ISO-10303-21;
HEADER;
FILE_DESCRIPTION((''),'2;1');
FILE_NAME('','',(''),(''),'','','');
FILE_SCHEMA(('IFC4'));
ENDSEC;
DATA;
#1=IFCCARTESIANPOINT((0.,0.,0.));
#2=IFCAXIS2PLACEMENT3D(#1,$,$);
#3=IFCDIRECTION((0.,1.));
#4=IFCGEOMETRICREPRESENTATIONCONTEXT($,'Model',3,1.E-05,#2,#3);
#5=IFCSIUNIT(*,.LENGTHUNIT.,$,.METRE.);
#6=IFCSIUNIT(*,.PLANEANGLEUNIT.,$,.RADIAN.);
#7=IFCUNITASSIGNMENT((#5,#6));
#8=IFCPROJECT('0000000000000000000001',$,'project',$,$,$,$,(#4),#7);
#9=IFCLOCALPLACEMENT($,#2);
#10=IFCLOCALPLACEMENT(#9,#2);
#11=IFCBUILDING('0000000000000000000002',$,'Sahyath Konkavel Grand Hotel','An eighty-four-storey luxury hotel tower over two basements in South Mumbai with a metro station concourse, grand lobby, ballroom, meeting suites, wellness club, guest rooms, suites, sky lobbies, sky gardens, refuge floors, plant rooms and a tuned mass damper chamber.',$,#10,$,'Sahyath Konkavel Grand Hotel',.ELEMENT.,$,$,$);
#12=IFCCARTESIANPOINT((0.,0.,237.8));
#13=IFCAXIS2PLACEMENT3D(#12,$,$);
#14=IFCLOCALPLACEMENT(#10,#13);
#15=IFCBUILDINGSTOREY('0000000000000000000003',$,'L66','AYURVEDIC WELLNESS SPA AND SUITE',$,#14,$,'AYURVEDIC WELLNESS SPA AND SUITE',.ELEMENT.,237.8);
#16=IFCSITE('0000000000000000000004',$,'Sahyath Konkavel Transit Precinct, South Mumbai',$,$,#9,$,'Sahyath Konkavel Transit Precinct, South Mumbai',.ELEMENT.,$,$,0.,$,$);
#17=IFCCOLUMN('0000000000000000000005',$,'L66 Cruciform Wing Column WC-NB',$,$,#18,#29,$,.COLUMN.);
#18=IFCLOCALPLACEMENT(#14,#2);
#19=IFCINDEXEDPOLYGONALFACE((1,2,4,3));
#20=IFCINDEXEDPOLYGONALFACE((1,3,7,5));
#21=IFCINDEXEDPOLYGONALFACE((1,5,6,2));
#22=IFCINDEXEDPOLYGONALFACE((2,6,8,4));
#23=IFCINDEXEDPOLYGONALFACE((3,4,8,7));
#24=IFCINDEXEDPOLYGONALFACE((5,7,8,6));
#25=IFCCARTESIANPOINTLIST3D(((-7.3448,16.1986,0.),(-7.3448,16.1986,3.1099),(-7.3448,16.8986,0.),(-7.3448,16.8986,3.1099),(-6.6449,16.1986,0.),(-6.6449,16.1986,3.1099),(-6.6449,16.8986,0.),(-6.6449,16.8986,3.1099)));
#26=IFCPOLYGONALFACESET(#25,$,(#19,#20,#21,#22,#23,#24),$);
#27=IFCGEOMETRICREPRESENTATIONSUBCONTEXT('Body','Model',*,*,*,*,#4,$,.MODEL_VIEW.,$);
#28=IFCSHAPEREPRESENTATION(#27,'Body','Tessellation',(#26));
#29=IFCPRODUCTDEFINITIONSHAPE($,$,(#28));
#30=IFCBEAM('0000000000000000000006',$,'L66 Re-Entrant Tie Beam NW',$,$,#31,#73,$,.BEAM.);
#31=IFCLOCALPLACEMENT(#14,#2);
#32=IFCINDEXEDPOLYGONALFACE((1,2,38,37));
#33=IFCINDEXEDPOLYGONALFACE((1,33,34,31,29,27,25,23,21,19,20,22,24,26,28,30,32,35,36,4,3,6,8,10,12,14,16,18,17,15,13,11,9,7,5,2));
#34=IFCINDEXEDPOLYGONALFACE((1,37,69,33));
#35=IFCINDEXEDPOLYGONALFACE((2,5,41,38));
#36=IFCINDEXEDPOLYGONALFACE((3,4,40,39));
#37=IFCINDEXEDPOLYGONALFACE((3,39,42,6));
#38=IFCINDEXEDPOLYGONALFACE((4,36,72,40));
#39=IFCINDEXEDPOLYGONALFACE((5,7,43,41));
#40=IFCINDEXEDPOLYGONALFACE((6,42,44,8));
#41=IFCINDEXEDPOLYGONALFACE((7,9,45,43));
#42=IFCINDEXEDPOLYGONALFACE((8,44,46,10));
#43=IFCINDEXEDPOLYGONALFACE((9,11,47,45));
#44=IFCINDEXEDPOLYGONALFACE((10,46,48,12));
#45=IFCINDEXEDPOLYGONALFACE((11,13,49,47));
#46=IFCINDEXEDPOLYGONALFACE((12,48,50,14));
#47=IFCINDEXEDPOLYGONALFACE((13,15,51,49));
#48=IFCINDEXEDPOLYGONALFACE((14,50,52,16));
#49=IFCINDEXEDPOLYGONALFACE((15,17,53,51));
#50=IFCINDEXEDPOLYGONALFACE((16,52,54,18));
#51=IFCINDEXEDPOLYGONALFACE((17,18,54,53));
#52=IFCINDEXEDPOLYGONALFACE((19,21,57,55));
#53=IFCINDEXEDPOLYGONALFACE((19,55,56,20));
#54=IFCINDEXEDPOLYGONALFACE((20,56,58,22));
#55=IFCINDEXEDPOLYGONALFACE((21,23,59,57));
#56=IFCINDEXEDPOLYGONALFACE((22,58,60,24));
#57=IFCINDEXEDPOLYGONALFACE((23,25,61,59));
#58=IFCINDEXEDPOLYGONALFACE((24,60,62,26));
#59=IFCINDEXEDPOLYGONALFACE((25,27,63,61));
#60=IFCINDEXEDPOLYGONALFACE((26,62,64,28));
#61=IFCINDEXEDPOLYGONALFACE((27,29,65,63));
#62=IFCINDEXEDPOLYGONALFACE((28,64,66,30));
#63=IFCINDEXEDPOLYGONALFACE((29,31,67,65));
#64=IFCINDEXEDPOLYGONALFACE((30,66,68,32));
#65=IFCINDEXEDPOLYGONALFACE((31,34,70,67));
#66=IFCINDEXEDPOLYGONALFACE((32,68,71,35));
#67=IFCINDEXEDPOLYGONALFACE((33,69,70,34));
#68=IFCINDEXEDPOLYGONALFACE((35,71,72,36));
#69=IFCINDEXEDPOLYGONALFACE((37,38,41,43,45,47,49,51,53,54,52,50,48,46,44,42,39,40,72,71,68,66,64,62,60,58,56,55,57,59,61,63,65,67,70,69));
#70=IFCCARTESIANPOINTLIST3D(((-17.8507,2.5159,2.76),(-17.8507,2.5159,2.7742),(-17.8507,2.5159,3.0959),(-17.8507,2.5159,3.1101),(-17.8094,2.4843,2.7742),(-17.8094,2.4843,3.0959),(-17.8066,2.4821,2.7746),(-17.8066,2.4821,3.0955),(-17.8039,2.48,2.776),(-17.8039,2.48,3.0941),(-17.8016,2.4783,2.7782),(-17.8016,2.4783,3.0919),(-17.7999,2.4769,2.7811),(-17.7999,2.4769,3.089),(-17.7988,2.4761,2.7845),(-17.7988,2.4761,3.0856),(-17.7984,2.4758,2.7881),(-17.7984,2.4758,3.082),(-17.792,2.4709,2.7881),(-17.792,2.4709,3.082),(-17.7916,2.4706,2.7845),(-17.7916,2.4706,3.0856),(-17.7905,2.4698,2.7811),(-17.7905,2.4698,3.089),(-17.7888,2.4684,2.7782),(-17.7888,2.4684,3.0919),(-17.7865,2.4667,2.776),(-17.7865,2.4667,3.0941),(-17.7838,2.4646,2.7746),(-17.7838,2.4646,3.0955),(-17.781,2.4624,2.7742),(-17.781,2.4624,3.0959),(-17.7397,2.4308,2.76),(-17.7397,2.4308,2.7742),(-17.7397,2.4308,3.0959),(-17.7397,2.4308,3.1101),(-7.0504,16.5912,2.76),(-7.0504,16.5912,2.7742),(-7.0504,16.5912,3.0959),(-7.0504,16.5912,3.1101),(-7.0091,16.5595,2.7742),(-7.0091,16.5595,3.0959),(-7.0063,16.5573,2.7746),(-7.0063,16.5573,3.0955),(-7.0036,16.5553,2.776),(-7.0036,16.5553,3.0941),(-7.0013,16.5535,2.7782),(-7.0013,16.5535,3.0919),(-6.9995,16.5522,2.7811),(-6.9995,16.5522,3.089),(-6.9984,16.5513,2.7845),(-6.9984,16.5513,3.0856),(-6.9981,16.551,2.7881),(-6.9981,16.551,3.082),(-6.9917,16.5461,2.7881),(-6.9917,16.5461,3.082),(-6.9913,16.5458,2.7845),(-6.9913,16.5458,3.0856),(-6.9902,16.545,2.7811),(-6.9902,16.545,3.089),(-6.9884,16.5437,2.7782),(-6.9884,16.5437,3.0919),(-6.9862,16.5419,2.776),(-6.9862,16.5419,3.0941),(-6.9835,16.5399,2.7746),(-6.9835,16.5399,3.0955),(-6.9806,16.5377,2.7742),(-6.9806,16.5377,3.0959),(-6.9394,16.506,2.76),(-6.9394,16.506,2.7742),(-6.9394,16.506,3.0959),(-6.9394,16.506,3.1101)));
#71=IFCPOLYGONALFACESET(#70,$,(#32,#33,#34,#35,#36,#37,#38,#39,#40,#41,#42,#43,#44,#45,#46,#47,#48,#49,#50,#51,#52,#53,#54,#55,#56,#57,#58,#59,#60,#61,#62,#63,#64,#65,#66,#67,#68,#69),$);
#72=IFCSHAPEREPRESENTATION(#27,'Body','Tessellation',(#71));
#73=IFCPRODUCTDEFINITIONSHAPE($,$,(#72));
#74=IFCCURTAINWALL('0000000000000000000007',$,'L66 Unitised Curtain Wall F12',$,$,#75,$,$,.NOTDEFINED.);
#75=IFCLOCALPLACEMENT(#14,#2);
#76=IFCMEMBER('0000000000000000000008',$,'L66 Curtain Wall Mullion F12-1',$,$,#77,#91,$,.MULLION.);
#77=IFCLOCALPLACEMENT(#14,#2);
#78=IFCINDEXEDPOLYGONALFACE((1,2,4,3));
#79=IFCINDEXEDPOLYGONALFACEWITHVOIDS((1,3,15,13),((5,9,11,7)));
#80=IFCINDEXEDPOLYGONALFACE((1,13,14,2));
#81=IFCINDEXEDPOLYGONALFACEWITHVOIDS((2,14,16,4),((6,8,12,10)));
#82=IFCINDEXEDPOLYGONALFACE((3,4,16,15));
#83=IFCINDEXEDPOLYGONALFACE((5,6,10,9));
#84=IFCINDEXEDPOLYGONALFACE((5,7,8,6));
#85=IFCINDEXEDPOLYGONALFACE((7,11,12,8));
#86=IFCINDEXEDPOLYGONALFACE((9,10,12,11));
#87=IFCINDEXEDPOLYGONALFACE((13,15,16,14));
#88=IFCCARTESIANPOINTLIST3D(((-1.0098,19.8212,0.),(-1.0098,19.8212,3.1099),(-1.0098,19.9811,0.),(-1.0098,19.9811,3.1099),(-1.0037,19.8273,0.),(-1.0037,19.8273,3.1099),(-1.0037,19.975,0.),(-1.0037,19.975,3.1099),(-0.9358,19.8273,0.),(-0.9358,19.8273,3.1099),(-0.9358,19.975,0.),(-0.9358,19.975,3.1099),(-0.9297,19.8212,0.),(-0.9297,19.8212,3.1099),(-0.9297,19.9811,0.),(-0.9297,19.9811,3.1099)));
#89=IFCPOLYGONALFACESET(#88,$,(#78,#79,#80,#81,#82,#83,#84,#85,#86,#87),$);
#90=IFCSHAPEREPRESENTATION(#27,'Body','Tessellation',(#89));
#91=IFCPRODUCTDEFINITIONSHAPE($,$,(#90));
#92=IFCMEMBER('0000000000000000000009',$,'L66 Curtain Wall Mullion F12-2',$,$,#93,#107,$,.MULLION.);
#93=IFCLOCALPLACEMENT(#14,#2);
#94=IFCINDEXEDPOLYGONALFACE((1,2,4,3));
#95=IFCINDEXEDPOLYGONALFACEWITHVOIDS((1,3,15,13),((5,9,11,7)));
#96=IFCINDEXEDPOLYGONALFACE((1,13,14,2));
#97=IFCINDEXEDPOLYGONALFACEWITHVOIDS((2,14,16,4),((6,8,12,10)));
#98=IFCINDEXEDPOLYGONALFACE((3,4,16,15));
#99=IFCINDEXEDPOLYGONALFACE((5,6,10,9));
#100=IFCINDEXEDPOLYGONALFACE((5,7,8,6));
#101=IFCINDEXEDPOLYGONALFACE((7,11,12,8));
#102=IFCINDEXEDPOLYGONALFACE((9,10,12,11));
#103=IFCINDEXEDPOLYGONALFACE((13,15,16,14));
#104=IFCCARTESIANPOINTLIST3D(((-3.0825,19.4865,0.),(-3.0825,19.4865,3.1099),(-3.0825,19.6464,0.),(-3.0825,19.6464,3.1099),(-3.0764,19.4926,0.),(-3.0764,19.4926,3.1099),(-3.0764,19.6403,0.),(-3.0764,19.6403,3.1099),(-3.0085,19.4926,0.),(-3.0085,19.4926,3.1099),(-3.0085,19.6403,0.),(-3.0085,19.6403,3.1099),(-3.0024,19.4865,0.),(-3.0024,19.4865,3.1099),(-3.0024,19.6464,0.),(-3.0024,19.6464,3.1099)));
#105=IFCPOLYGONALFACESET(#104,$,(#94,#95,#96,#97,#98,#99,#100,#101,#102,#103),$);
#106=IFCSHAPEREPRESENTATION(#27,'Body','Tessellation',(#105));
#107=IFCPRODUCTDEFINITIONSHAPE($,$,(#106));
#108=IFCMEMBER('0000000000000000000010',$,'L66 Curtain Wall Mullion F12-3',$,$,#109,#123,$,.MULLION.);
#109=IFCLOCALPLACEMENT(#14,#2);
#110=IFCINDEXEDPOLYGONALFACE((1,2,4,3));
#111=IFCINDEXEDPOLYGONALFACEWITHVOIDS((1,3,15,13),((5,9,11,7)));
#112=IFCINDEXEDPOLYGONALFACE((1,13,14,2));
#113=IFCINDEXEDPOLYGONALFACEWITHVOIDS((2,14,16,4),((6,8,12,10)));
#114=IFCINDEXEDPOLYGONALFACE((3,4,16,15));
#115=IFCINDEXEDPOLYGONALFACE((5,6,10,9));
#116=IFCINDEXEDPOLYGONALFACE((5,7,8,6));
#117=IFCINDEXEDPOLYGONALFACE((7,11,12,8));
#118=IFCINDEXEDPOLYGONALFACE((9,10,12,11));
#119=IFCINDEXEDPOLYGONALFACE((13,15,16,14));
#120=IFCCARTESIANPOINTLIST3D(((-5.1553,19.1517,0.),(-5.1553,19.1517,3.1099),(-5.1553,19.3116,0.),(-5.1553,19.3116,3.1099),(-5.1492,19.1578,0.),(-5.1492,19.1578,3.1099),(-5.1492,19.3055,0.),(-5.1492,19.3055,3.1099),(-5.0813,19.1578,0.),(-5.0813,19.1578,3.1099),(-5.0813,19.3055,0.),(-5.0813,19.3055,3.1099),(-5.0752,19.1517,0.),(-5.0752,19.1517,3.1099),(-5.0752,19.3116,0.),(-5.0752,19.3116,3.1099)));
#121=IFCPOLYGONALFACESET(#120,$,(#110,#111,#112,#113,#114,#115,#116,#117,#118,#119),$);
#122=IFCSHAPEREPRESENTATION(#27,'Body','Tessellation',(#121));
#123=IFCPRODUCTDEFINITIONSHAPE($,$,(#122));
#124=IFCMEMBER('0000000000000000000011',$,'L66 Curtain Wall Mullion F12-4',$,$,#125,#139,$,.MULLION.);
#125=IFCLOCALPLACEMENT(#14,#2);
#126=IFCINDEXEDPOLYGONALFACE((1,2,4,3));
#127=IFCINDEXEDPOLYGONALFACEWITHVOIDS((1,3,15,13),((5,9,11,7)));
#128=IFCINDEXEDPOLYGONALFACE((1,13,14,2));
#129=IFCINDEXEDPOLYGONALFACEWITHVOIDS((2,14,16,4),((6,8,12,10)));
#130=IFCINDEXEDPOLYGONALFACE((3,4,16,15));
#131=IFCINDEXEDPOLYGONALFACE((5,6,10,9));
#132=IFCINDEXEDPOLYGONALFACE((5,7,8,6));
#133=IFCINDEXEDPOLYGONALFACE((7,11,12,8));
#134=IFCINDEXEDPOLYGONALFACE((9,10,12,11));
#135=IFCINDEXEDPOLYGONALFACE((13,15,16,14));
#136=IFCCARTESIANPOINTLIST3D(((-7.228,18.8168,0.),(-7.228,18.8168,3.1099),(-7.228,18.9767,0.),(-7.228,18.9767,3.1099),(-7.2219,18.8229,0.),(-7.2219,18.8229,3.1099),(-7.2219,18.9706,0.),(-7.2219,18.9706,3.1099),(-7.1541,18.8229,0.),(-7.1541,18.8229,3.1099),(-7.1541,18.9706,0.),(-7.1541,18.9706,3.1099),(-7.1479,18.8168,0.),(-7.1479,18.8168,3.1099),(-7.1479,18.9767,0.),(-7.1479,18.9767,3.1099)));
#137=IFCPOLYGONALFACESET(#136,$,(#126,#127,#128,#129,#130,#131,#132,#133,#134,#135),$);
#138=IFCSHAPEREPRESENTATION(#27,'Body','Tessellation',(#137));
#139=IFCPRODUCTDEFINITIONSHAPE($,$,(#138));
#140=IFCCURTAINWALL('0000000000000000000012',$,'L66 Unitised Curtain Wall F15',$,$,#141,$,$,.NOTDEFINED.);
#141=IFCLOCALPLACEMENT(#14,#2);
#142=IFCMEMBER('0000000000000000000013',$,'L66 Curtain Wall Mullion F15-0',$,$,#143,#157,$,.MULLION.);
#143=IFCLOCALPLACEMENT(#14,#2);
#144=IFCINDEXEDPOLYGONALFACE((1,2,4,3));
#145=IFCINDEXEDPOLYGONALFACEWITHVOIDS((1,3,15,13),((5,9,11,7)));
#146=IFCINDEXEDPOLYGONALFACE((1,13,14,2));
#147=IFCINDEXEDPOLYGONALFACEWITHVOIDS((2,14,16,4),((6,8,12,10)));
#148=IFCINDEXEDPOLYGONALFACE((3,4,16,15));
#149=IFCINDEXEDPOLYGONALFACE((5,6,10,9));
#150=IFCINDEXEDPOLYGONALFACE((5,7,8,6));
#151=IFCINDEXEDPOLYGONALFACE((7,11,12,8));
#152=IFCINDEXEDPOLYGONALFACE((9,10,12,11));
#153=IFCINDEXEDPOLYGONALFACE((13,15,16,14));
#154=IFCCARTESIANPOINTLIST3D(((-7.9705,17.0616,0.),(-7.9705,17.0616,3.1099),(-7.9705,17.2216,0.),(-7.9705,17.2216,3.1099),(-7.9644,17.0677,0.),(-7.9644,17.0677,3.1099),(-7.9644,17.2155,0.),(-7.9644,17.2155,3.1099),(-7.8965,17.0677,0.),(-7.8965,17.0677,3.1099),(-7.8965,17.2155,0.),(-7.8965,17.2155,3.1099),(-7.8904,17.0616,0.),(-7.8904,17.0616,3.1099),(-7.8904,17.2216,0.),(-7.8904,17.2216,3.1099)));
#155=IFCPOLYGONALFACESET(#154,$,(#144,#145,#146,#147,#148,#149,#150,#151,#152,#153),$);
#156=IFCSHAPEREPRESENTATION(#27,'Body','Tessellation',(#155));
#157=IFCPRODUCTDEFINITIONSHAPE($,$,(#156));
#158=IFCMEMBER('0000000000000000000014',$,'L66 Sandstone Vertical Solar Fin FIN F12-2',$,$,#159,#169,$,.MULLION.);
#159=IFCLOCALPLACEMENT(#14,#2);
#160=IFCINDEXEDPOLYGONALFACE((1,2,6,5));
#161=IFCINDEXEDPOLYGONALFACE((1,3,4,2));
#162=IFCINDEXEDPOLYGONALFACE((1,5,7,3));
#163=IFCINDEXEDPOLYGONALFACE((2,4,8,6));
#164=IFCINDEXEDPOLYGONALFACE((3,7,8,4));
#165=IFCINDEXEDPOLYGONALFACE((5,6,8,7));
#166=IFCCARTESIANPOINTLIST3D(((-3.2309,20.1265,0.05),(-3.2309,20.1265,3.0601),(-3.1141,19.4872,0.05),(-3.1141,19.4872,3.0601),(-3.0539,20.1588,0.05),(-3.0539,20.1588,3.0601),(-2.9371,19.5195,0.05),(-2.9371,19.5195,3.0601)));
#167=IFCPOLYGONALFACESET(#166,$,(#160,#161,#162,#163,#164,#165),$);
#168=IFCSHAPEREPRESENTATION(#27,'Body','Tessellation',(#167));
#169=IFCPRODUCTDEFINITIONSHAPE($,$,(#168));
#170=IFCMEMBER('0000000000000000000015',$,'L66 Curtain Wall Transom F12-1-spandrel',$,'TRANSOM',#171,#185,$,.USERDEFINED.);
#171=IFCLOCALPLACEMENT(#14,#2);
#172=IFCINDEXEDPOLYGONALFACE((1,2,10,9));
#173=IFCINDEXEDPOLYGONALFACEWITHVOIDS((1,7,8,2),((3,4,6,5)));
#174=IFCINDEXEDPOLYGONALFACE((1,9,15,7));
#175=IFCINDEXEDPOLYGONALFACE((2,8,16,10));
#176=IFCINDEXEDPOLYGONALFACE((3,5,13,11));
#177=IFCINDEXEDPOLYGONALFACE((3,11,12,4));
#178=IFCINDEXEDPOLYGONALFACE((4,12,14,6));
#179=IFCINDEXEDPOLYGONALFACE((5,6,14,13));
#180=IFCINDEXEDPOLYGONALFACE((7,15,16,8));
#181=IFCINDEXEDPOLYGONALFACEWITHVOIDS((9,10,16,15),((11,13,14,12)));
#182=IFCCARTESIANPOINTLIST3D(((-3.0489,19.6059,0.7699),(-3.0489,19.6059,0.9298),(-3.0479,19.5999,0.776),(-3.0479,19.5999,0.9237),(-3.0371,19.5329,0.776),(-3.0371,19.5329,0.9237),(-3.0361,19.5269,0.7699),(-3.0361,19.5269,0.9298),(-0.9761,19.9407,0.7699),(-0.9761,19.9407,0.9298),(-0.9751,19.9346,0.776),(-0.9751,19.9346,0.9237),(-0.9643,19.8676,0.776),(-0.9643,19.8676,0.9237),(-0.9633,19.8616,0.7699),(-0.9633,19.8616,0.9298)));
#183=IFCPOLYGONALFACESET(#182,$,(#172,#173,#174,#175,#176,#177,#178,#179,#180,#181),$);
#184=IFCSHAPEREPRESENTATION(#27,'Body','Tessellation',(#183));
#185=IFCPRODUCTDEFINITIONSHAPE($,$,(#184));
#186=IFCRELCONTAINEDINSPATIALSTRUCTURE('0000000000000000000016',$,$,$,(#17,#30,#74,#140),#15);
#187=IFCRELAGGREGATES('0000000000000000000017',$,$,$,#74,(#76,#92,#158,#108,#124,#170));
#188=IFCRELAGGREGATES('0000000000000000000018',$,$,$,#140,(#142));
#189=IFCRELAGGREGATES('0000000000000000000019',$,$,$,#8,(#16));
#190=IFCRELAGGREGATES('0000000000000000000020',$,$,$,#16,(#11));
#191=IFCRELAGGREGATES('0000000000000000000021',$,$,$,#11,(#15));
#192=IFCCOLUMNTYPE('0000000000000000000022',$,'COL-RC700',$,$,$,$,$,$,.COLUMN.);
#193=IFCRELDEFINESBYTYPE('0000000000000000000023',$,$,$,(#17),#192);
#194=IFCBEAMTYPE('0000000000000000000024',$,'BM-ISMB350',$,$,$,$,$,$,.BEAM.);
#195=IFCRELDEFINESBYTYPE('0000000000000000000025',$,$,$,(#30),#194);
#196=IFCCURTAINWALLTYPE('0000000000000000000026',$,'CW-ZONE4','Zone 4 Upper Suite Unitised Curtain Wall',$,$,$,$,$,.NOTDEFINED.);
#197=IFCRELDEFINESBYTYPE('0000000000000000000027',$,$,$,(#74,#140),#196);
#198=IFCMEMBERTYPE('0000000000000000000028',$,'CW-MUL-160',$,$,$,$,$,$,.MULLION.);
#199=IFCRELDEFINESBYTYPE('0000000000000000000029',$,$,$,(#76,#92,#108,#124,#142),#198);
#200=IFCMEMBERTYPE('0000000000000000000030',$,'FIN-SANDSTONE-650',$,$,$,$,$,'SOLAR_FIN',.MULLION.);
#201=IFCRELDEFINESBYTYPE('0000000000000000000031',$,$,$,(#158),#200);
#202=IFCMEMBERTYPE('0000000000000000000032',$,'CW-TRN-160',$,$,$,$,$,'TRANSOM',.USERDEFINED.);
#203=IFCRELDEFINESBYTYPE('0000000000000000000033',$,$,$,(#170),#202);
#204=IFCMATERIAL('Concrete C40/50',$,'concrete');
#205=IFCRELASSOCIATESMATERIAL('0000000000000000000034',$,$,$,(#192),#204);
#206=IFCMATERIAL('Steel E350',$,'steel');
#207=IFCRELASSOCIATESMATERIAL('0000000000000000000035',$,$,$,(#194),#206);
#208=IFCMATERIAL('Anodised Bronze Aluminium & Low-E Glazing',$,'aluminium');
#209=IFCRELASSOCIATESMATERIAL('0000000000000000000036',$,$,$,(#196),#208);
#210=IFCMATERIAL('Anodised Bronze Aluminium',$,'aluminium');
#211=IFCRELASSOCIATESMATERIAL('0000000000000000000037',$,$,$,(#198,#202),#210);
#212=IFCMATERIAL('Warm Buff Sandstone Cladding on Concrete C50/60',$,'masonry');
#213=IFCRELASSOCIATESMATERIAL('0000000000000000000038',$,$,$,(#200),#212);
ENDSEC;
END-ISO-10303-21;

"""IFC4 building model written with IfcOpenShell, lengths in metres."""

from ifc_helpers import new_model, si_unit, direction, frame, origin, origin_2d, place, context, subcontext, project, spatial, rectangle, hollow_rectangle, i_section, extrude, source, transform, mapped, material, material_profile, profile_set, type_object, element, aggregate, save


model = new_model("IFC4")

# Units and contexts
model_context = context("Model", 3, precision=1e-05, world=origin(), true_north=direction((0.0, 1.0)))
body_context = subcontext(model_context, "Body", "Model", "MODEL_VIEW")
ifc_project = project(units=[si_unit("LENGTHUNIT", "METRE"), si_unit("PLANEANGLEUNIT", "RADIAN")], contexts=[model_context])

# Site, building, storey
site_placement = place(None, origin())
site = spatial("IfcSite", under=ifc_project, at=site_placement, Name="Sahyath Konkavel Transit Precinct, South Mumbai", LongName="Sahyath Konkavel Transit Precinct, South Mumbai", CompositionType="ELEMENT", RefElevation=0.0)
building_placement = place(site_placement, origin())
building = spatial("IfcBuilding", under=site, at=building_placement, Name="Sahyath Konkavel Grand Hotel", Description="An eighty-four-storey luxury hotel tower over two basements in South Mumbai with a metro station concourse, grand lobby, ballroom, meeting suites, wellness club, guest rooms, suites, sky lobbies, sky gardens, refuge floors, plant rooms and a tuned mass damper chamber.", LongName="Sahyath Konkavel Grand Hotel", CompositionType="ELEMENT")
storey_placement = place(building_placement, frame((0.0, 0.0, 237.8)))
storey = spatial("IfcBuildingStorey", under=building, at=storey_placement, Name="L66", Description="AYURVEDIC WELLNESS SPA AND SUITE", LongName="AYURVEDIC WELLNESS SPA AND SUITE", CompositionType="ELEMENT", Elevation=237.8)

# Column
ifc_material_1 = material(Name="Concrete C40/50", Category="concrete")
ifc_material_profile_1 = material_profile(ifc_material_1, rectangle(XDim=0.7, YDim=0.7, at=origin_2d()), Name="RC 700x700")
ifc_profile_set_1 = profile_set([ifc_material_profile_1], Name="Concrete C40/50")
column_type = type_object("IfcColumnType", Name="COL-RC700", PredefinedType="COLUMN", material=ifc_profile_set_1)
shared_shape_1 = source(origin(), body_context, "Body", "SweptSolid", [
    extrude(rectangle(XDim=0.7, YDim=0.7, at=origin_2d()), origin(), (0.0, 0.0, 1.0), 3.1099),
])
column_placement = place(storey_placement, frame((-6.9949, 16.5486, 0.0), z_axis=(0.0, 0.0, 1.0), x_axis=(1.0, 0.0, 0.0)))
element("IfcColumn", 1, at=column_placement, inside=storey, type_object=column_type, Name="L66 Cruciform Wing Column WC-NB", PredefinedType="COLUMN", context=body_context, shape_type="MappedRepresentation", body=[
    mapped(shared_shape_1, transform((0.0, 0.0, 0.0), scale=1.0)),
])

# Beam
ifc_material_2 = material(Name="Steel E350", Category="steel")
ifc_material_profile_2 = material_profile(ifc_material_2, i_section(OverallWidth=0.1399, OverallDepth=0.3501, WebThickness=0.0081, FlangeThickness=0.0142, FilletRadius=0.0139, at=origin_2d()), Name="ISMB 350")
ifc_profile_set_2 = profile_set([ifc_material_profile_2], Name="Steel E350")
beam_type = type_object("IfcBeamType", Name="BM-ISMB350", PredefinedType="BEAM", material=ifc_profile_set_2)
shared_shape_2 = source(origin(), body_context, "Body", "SweptSolid", [
    extrude(i_section(OverallWidth=0.1399, OverallDepth=0.3501, WebThickness=0.0081, FlangeThickness=0.0142, FilletRadius=0.0139, at=origin_2d()), origin(), (0.0, 0.0, 1.0), 17.7415),
])
beam_placement = place(storey_placement, frame((-6.9949, 16.5486, 2.9351), z_axis=(-0.608762, -0.793353, 0.0), x_axis=(0.793353, -0.608762, 0.0)))
element("IfcBeam", 2, at=beam_placement, inside=storey, type_object=beam_type, Name="L66 Re-Entrant Tie Beam NW", PredefinedType="BEAM", context=body_context, shape_type="MappedRepresentation", body=[
    mapped(shared_shape_2, transform((0.0, 0.0, 0.0), scale=1.0)),
])

# Curtain wall, members
ifc_material_3 = material(Name="Anodised Bronze Aluminium & Low-E Glazing", Category="aluminium")
curtain_wall_type = type_object("IfcCurtainWallType", Name="CW-ZONE4", Description="Zone 4 Upper Suite Unitised Curtain Wall", PredefinedType="NOTDEFINED", material=ifc_material_3)
curtain_wall_1_placement = place(storey_placement, origin())
curtain_wall_1 = element("IfcCurtainWall", 3, at=curtain_wall_1_placement, inside=storey, type_object=curtain_wall_type, Name="L66 Unitised Curtain Wall F12", PredefinedType="NOTDEFINED")
ifc_material_4 = material(Name="Anodised Bronze Aluminium", Category="aluminium")
ifc_material_profile_3 = material_profile(ifc_material_4, hollow_rectangle(XDim=0.0801, YDim=0.1599, WallThickness=0.0061, at=origin_2d()), Name="RHS 160x80x6")
ifc_profile_set_3 = profile_set([ifc_material_profile_3], Name="Anodised Bronze Aluminium")
member_type_1 = type_object("IfcMemberType", Name="CW-MUL-160", PredefinedType="MULLION", material=ifc_profile_set_3)
shared_shape_3 = source(origin(), body_context, "Body", "SweptSolid", [
    extrude(hollow_rectangle(XDim=0.0801, YDim=0.1599, WallThickness=0.0061, at=origin_2d()), origin(), (0.0, 0.0, 1.0), 3.1099),
])
member_1_placement = place(storey_placement, frame((-0.9697, 19.9011, 0.0), z_axis=(0.0, 0.0, 1.0), x_axis=(1.0, 0.0, 0.0)))
member_1 = element("IfcMember", 4, at=member_1_placement, type_object=member_type_1, Name="L66 Curtain Wall Mullion F12-1", PredefinedType="MULLION", context=body_context, shape_type="MappedRepresentation", body=[
    mapped(shared_shape_3, transform((0.0, 0.0, 0.0), scale=1.0)),
])
member_2_placement = place(storey_placement, frame((-3.0425, 19.5664, 0.0), z_axis=(0.0, 0.0, 1.0), x_axis=(1.0, 0.0, 0.0)))
member_2 = element("IfcMember", 5, at=member_2_placement, type_object=member_type_1, Name="L66 Curtain Wall Mullion F12-2", PredefinedType="MULLION", context=body_context, shape_type="MappedRepresentation", body=[
    mapped(shared_shape_3, transform((0.0, 0.0, 0.0), scale=1.0)),
])
member_3_placement = place(storey_placement, frame((-5.1152, 19.2317, 0.0), z_axis=(0.0, 0.0, 1.0), x_axis=(1.0, 0.0, 0.0)))
member_3 = element("IfcMember", 6, at=member_3_placement, type_object=member_type_1, Name="L66 Curtain Wall Mullion F12-3", PredefinedType="MULLION", context=body_context, shape_type="MappedRepresentation", body=[
    mapped(shared_shape_3, transform((0.0, 0.0, 0.0), scale=1.0)),
])
member_4_placement = place(storey_placement, frame((-7.188, 18.8967, 0.0), z_axis=(0.0, 0.0, 1.0), x_axis=(1.0, 0.0, 0.0)))
member_4 = element("IfcMember", 7, at=member_4_placement, type_object=member_type_1, Name="L66 Curtain Wall Mullion F12-4", PredefinedType="MULLION", context=body_context, shape_type="MappedRepresentation", body=[
    mapped(shared_shape_3, transform((0.0, 0.0, 0.0), scale=1.0)),
])

# Curtain wall, member
curtain_wall_2_placement = place(storey_placement, origin())
curtain_wall_2 = element("IfcCurtainWall", 8, at=curtain_wall_2_placement, inside=storey, type_object=curtain_wall_type, Name="L66 Unitised Curtain Wall F15", PredefinedType="NOTDEFINED")
member_5_placement = place(storey_placement, frame((-7.9304, 17.1416, 0.0), z_axis=(0.0, 0.0, 1.0), x_axis=(1.0, 0.0, 0.0)))
member_5 = element("IfcMember", 9, at=member_5_placement, type_object=member_type_1, Name="L66 Curtain Wall Mullion F15-0", PredefinedType="MULLION", context=body_context, shape_type="MappedRepresentation", body=[
    mapped(shared_shape_3, transform((0.0, 0.0, 0.0), scale=1.0)),
])

# Members
ifc_material_5 = material(Name="Warm Buff Sandstone Cladding on Concrete C50/60", Category="masonry")
ifc_material_profile_4 = material_profile(ifc_material_5, rectangle(XDim=0.1799, YDim=0.6499, at=origin_2d()), Name="FIN 180x650")
ifc_profile_set_4 = profile_set([ifc_material_profile_4], Name="Warm Buff Sandstone Cladding on Concrete C50/60")
member_type_2 = type_object("IfcMemberType", Name="FIN-SANDSTONE-650", ElementType="SOLAR_FIN", PredefinedType="MULLION", material=ifc_profile_set_4)
shared_shape_4 = source(origin(), body_context, "Body", "SweptSolid", [
    extrude(rectangle(XDim=0.1799, YDim=0.6499, at=origin_2d()), origin(), (0.0, 0.0, 1.0), 3.01),
])
member_6_placement = place(storey_placement, frame((-3.084, 19.823, 0.05), z_axis=(0.0, 0.0, 1.0), x_axis=(0.983729, 0.179661, 0.0)))
member_6 = element("IfcMember", 10, at=member_6_placement, type_object=member_type_2, Name="L66 Sandstone Vertical Solar Fin FIN F12-2", PredefinedType="MULLION", context=body_context, shape_type="MappedRepresentation", body=[
    mapped(shared_shape_4, transform((0.0, 0.0, 0.0), scale=1.0)),
])
ifc_material_profile_5 = material_profile(ifc_material_4, hollow_rectangle(XDim=0.0801, YDim=0.1599, WallThickness=0.0061, at=origin_2d()), Name="RHS 160x80x6")
ifc_profile_set_5 = profile_set([ifc_material_profile_5], Name="Anodised Bronze Aluminium")
member_type_3 = type_object("IfcMemberType", Name="CW-TRN-160", ElementType="TRANSOM", PredefinedType="USERDEFINED", material=ifc_profile_set_5)
shared_shape_5 = source(origin(), body_context, "Body", "SweptSolid", [
    extrude(hollow_rectangle(XDim=0.0801, YDim=0.1599, WallThickness=0.0061, at=origin_2d()), origin(), (0.0, 0.0, 1.0), 2.0996),
])
member_7_placement = place(storey_placement, frame((-0.9697, 19.9011, 0.8499), z_axis=(-0.987211, -0.159419, 0.0), x_axis=(0.159419, -0.987211, 0.0)))
member_7 = element("IfcMember", 11, at=member_7_placement, type_object=member_type_3, Name="L66 Curtain Wall Transom F12-1-spandrel", ObjectType="TRANSOM", PredefinedType="USERDEFINED", context=body_context, shape_type="MappedRepresentation", body=[
    mapped(shared_shape_5, transform((0.0, 0.0, 0.0), scale=1.0)),
])

aggregate(curtain_wall_1, [member_1, member_2, member_6, member_3, member_4, member_7])
aggregate(curtain_wall_2, [member_5])

save(model, "model.ifc")
